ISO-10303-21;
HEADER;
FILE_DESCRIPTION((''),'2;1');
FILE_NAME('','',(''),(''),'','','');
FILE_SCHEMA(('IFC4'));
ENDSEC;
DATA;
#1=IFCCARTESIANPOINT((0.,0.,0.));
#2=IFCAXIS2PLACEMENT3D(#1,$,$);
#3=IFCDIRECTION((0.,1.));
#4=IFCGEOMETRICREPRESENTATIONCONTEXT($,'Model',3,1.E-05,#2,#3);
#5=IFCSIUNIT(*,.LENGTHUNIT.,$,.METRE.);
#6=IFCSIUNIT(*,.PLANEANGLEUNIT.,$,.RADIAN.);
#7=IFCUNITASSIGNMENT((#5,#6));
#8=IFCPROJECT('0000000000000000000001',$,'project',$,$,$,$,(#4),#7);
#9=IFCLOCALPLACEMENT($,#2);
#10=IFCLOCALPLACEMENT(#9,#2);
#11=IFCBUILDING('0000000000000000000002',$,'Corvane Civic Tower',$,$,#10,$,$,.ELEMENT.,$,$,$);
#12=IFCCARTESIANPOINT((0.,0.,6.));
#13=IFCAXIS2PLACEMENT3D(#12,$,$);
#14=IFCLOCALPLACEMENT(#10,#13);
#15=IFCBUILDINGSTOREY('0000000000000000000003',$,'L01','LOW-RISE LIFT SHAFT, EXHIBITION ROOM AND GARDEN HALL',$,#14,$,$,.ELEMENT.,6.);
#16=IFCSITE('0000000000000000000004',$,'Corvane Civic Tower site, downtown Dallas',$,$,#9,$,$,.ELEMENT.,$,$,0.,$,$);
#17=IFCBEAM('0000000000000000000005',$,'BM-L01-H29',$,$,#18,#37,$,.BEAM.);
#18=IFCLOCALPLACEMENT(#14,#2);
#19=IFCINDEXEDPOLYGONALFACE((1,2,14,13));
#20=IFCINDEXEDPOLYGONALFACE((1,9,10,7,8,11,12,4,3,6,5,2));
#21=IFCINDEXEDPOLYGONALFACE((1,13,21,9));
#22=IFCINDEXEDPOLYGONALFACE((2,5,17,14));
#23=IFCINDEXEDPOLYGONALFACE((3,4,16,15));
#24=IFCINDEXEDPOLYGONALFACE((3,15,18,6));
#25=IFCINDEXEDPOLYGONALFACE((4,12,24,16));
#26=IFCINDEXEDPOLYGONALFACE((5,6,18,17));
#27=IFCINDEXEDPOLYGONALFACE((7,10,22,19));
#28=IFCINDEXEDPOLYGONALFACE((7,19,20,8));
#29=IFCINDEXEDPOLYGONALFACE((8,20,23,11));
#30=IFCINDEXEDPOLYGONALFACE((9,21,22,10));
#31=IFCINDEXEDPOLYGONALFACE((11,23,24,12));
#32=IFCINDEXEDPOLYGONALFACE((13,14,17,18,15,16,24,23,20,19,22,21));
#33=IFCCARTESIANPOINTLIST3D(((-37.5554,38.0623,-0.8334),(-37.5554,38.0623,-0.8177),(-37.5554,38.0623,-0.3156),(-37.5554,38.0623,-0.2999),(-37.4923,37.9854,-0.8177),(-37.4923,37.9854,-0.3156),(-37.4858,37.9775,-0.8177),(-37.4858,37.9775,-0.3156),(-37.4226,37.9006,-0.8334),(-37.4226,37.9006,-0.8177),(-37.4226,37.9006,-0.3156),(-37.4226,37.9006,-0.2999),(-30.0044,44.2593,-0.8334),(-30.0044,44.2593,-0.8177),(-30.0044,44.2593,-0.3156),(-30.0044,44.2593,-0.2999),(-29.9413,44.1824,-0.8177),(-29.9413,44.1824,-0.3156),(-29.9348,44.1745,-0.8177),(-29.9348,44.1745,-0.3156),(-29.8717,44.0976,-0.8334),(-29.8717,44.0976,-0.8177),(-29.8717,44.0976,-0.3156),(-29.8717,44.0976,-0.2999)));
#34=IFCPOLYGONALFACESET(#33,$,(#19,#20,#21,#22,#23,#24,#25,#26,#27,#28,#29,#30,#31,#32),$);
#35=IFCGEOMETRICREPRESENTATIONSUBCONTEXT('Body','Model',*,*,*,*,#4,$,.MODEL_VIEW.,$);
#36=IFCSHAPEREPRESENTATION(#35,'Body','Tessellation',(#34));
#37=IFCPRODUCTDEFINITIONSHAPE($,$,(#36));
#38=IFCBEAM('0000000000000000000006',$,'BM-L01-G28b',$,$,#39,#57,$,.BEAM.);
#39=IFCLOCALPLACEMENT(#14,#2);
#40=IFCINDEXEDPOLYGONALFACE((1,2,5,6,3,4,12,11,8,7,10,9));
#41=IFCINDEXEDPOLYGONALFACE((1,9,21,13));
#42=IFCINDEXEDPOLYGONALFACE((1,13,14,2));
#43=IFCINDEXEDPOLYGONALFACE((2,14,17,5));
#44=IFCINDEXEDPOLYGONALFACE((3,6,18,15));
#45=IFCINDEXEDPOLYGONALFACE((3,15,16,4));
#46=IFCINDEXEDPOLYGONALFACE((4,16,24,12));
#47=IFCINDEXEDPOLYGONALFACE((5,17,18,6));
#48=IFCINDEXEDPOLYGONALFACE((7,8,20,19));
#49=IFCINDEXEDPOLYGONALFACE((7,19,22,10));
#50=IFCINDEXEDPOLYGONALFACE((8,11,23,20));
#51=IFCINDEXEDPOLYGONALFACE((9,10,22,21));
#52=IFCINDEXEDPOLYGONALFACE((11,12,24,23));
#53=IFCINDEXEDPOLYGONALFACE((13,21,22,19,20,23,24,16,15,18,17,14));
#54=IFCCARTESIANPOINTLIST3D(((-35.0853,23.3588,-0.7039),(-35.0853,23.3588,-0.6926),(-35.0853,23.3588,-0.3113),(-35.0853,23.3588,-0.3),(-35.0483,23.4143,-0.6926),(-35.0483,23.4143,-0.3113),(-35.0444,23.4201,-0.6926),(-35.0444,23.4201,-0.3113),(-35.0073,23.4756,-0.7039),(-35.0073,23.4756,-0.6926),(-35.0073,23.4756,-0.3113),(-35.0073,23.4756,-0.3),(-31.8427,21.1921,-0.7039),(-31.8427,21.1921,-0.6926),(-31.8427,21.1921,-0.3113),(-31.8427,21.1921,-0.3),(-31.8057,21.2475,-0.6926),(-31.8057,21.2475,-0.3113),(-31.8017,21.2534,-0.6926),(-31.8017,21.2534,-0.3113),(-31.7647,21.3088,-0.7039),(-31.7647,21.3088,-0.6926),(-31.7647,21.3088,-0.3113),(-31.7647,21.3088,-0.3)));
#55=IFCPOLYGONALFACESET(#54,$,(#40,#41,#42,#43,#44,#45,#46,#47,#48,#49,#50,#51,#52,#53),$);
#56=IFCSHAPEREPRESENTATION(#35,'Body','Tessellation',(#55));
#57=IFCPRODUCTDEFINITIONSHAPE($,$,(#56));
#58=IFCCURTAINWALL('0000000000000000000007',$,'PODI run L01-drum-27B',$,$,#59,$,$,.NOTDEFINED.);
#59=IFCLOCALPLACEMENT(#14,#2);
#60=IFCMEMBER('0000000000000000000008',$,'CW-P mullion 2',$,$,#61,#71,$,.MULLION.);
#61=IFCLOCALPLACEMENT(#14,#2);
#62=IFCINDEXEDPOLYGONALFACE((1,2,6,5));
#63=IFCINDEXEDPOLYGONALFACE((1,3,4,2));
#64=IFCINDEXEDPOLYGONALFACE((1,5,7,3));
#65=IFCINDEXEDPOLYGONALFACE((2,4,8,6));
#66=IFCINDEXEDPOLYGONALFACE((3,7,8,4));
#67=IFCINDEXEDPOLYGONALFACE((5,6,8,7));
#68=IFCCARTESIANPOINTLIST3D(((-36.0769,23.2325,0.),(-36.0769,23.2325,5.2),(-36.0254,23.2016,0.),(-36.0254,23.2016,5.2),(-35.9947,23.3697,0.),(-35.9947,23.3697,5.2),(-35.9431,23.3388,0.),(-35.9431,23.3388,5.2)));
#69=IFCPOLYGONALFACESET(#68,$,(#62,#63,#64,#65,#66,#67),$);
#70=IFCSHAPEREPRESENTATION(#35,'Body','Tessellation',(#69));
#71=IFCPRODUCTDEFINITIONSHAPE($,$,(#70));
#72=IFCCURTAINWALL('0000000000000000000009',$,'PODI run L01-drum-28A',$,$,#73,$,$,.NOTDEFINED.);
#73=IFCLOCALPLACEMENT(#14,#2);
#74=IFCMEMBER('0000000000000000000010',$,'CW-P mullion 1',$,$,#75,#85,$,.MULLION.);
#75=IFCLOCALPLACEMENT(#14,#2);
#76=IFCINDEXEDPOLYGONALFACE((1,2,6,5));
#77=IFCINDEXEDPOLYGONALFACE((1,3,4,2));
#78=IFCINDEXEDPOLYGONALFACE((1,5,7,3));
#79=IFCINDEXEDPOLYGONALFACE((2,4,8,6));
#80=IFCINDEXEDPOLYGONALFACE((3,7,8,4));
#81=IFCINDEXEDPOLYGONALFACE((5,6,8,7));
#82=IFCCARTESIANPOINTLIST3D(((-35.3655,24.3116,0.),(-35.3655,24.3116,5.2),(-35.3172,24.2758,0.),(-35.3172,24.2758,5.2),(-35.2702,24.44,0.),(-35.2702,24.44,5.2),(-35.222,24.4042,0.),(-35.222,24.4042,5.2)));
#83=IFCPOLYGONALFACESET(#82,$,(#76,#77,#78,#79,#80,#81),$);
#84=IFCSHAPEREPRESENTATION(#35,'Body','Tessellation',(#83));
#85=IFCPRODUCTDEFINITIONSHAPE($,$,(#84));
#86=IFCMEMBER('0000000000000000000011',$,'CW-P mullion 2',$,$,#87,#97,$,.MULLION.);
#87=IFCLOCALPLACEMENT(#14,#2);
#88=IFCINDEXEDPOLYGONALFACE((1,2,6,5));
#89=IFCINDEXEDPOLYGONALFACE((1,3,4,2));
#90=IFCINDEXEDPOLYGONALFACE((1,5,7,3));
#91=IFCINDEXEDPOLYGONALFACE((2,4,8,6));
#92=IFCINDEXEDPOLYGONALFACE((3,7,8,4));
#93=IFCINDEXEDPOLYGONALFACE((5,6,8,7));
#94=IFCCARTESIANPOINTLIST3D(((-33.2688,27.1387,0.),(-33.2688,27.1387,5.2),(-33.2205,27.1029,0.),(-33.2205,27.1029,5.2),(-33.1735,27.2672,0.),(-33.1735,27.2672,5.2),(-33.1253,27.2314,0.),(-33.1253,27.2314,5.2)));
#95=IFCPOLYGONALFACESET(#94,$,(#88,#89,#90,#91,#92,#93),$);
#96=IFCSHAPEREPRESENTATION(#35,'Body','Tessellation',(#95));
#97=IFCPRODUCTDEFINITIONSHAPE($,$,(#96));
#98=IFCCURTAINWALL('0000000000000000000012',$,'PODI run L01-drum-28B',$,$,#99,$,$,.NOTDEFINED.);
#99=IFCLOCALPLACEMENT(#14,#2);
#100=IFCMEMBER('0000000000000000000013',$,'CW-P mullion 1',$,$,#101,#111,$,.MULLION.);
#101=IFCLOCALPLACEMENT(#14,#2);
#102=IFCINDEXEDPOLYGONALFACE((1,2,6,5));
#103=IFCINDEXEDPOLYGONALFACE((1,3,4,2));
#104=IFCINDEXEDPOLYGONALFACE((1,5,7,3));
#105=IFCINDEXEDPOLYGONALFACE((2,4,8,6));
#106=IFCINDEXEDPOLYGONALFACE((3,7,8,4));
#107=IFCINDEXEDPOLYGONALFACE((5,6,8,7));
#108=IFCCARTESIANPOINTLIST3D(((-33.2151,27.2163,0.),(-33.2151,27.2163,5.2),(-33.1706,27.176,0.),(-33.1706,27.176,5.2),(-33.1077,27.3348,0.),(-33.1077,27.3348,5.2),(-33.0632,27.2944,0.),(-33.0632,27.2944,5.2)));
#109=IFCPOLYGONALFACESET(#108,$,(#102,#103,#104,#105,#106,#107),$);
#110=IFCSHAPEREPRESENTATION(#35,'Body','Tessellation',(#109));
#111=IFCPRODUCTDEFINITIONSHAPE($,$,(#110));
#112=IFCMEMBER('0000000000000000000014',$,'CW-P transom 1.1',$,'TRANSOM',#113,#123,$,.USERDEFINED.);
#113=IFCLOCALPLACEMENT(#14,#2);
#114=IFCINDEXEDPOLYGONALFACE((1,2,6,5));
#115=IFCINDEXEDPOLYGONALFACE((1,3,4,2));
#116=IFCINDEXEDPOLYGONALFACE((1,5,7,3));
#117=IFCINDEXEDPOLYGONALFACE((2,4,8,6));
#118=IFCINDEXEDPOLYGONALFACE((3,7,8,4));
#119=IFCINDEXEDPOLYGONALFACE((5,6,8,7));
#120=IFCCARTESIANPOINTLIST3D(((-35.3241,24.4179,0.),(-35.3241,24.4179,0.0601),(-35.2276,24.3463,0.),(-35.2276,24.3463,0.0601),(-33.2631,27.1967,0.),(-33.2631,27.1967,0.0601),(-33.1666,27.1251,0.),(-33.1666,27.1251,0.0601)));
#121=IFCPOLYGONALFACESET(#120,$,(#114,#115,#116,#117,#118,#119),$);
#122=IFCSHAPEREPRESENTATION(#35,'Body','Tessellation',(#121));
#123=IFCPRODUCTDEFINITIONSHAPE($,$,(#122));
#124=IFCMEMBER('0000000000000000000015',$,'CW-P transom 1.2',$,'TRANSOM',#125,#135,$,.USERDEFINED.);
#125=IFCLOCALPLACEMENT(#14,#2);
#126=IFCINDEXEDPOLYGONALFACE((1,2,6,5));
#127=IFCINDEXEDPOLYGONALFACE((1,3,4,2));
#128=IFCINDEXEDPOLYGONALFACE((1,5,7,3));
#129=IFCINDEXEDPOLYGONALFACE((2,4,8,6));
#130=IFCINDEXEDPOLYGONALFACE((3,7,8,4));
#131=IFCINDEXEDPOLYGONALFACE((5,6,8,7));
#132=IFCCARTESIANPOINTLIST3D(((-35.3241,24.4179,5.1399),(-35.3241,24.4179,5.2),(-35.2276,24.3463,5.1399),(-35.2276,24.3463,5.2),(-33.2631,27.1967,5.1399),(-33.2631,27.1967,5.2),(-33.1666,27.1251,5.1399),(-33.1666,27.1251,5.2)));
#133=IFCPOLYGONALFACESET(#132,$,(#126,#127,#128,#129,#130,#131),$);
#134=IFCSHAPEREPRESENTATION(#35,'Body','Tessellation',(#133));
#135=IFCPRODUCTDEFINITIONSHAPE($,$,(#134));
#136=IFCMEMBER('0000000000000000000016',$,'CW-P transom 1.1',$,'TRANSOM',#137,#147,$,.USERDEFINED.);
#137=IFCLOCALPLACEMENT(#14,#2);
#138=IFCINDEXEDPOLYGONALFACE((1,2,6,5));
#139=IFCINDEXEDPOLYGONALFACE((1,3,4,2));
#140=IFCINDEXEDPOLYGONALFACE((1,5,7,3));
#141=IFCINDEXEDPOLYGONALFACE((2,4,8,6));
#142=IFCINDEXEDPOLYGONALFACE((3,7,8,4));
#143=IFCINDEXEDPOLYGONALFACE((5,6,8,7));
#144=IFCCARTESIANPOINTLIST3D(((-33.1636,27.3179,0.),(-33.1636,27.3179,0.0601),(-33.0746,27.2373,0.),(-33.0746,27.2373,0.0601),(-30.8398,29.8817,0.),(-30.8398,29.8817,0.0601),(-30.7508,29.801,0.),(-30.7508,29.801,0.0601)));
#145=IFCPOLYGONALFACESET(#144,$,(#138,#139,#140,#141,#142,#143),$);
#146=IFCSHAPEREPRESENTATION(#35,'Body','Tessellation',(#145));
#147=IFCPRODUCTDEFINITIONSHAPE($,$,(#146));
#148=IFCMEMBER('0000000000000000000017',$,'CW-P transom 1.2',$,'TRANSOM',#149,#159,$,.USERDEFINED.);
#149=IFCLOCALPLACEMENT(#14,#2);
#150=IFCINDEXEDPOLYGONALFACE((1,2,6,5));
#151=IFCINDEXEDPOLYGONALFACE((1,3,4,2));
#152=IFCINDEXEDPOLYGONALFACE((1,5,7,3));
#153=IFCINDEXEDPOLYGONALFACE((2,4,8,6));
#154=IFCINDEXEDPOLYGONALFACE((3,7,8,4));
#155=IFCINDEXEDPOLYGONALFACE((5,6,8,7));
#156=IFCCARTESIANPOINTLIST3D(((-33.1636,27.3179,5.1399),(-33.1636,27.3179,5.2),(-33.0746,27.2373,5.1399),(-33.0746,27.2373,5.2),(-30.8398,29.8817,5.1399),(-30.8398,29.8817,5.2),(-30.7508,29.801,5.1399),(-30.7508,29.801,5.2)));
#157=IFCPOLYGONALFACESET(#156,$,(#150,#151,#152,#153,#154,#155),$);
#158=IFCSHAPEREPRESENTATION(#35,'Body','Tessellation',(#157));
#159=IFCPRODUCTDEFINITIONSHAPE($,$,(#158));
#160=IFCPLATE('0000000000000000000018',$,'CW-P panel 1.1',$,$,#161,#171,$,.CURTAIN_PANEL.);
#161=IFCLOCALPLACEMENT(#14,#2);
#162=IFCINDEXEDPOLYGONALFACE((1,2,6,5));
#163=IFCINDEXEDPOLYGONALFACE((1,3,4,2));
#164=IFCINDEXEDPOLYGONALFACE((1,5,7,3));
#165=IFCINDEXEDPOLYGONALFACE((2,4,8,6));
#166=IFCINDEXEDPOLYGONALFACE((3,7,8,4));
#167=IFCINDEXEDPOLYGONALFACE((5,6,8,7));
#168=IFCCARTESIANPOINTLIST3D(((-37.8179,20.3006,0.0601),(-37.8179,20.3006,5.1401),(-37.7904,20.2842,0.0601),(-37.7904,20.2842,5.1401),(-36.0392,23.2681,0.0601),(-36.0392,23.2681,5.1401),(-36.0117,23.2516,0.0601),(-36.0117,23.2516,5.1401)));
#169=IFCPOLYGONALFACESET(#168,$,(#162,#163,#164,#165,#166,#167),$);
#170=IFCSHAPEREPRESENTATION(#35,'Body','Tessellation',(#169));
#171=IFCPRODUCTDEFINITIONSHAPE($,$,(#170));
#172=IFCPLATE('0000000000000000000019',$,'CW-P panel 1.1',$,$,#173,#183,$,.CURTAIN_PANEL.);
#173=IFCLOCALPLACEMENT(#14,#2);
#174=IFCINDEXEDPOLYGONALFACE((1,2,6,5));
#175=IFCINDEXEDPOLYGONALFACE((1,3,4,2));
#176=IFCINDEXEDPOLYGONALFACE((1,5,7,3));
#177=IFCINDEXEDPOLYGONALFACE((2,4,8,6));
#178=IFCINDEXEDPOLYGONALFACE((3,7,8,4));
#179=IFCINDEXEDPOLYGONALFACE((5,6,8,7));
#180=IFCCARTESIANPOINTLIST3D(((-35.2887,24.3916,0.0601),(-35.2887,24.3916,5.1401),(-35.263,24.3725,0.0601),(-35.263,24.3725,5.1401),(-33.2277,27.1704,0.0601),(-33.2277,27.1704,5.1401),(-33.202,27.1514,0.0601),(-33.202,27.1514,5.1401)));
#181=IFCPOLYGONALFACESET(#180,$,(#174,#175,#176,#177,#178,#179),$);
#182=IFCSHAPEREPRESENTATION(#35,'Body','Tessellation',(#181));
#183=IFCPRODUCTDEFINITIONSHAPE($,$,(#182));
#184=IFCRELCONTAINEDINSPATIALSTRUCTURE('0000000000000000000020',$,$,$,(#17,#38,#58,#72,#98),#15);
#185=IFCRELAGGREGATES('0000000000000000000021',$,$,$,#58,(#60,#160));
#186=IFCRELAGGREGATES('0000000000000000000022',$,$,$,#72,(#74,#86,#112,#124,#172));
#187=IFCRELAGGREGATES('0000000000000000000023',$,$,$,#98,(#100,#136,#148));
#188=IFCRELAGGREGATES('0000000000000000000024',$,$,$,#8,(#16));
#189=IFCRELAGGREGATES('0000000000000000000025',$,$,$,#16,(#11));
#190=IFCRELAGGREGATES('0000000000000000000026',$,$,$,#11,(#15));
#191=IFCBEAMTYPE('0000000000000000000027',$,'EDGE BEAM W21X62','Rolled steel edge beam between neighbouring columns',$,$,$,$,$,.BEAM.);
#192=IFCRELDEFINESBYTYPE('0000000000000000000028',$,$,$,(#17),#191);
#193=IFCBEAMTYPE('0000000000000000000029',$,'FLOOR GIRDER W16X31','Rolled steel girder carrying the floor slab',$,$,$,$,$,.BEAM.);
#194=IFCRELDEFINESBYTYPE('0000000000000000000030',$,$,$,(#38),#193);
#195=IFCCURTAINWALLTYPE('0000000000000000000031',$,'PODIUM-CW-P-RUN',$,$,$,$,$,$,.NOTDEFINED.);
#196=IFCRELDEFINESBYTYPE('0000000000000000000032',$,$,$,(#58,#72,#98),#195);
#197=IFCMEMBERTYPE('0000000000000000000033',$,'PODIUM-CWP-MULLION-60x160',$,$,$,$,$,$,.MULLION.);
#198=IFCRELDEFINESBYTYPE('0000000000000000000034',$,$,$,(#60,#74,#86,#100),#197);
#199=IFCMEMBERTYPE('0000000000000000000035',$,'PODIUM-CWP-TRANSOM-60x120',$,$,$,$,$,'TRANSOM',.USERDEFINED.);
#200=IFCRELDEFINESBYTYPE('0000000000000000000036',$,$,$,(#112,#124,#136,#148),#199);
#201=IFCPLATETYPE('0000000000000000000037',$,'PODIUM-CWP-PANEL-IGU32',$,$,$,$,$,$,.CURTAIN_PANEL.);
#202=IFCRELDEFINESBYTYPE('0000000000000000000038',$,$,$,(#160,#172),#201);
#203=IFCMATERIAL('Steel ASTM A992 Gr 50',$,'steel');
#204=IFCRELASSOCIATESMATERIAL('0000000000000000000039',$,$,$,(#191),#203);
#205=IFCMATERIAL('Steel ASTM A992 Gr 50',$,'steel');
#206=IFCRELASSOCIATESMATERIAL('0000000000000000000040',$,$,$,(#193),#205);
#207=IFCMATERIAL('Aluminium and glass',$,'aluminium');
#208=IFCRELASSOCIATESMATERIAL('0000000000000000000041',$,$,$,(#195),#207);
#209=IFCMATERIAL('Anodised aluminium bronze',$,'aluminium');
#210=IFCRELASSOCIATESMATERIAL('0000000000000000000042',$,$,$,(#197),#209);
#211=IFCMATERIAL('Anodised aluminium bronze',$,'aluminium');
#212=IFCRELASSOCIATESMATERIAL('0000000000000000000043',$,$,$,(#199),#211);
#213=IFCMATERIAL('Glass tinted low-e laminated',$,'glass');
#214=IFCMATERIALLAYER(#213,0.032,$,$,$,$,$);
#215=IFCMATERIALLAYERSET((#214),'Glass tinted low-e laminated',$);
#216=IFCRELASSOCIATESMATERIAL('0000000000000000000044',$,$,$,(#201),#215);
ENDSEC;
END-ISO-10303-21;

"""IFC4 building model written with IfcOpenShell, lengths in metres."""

from ifc_helpers import new_model, si_unit, direction, frame, origin, origin_2d, place, context, subcontext, project, spatial, rectangle, i_section, extrude, material, layer, layer_set, material_profile, profile_set, type_object, element, aggregate, save


model = new_model("IFC4")

# Units and contexts
model_context = context("Model", 3, precision=1e-05, world=origin(), true_north=direction((0.0, 1.0)))
body_context = subcontext(model_context, "Body", "Model", "MODEL_VIEW")
ifc_project = project(units=[si_unit("LENGTHUNIT", "METRE"), si_unit("PLANEANGLEUNIT", "RADIAN")], contexts=[model_context])

# Site, building, storey
site_placement = place(None, origin())
site = spatial("IfcSite", under=ifc_project, at=site_placement, Name="Corvane Civic Tower site, downtown Dallas", CompositionType="ELEMENT", RefElevation=0.0)
building_placement = place(site_placement, origin())
building = spatial("IfcBuilding", under=site, at=building_placement, Name="Corvane Civic Tower", CompositionType="ELEMENT")
storey_placement = place(building_placement, frame((0.0, 0.0, 6.0)))
storey = spatial("IfcBuildingStorey", under=building, at=storey_placement, Name="L01", Description="LOW-RISE LIFT SHAFT, EXHIBITION ROOM AND GARDEN HALL", CompositionType="ELEMENT", Elevation=6.0)

# Beams
ifc_material_1 = material(Name="Steel ASTM A992 Gr 50", Category="steel")
ifc_material_profile_1 = material_profile(ifc_material_1, i_section(OverallWidth=0.2092, OverallDepth=0.5334, WebThickness=0.0103, FlangeThickness=0.0156, at=origin_2d()), Name="W21X62")
ifc_profile_set_1 = profile_set([ifc_material_profile_1], Name="Steel ASTM A992 Gr 50")
beam_type_1 = type_object("IfcBeamType", Name="EDGE BEAM W21X62", Description="Rolled steel edge beam between neighbouring columns", PredefinedType="BEAM", material=ifc_profile_set_1)
for number, where, z_axis, x_axis, name in (
    (1, (-37.489, 37.9814, -0.5667), (0.773008, 0.634397, 0.0), (-0.634397, 0.773008, 0.0), "BM-L01-H29"),
):
    element("IfcBeam", number, at=place(storey_placement, frame(where, z_axis=z_axis, x_axis=x_axis)), inside=storey, type_object=beam_type_1, Name=name, PredefinedType="BEAM", context=body_context, shape_type="SweptSolid", body=[
        extrude(i_section(OverallWidth=0.2092, OverallDepth=0.5334, WebThickness=0.0103, FlangeThickness=0.0156, at=origin_2d()), origin(), (0.0, 0.0, 1.0), 9.7683),
    ])
ifc_material_2 = material(Name="Steel ASTM A992 Gr 50", Category="steel")
ifc_material_profile_2 = material_profile(ifc_material_2, i_section(OverallWidth=0.1404, OverallDepth=0.4038, WebThickness=0.0071, FlangeThickness=0.0112, at=origin_2d()), Name="W16X31")
ifc_profile_set_2 = profile_set([ifc_material_profile_2], Name="Steel ASTM A992 Gr 50")
beam_type_2 = type_object("IfcBeamType", Name="FLOOR GIRDER W16X31", Description="Rolled steel girder carrying the floor slab", PredefinedType="BEAM", material=ifc_profile_set_2)
beam_1_placement = place(storey_placement, frame((-31.8037, 21.2505, -0.502), z_axis=(-0.831462, 0.555581, 0.0), x_axis=(-0.555581, -0.831462, 0.0)))
element("IfcBeam", 2, at=beam_1_placement, inside=storey, type_object=beam_type_2, Name="BM-L01-G28b", PredefinedType="BEAM", context=body_context, shape_type="SweptSolid", body=[
    extrude(i_section(OverallWidth=0.1404, OverallDepth=0.4038, WebThickness=0.0071, FlangeThickness=0.0112, at=origin_2d()), origin(), (0.0, 0.0, 1.0), 3.8999),
])

# Curtain wall, member
ifc_material_3 = material(Name="Aluminium and glass", Category="aluminium")
curtain_wall_type = type_object("IfcCurtainWallType", Name="PODIUM-CW-P-RUN", PredefinedType="NOTDEFINED", material=ifc_material_3)
curtain_wall_1_placement = place(storey_placement, origin())
curtain_wall_1 = element("IfcCurtainWall", 3, at=curtain_wall_1_placement, inside=storey, type_object=curtain_wall_type, Name="PODI run L01-drum-27B", PredefinedType="NOTDEFINED")
ifc_material_4 = material(Name="Anodised aluminium bronze", Category="aluminium")
ifc_material_profile_3 = material_profile(ifc_material_4, rectangle(XDim=0.0601, YDim=0.1599, at=origin_2d()), Name="AL 60x160")
ifc_profile_set_3 = profile_set([ifc_material_profile_3], Name="Anodised aluminium bronze")
member_type_1 = type_object("IfcMemberType", Name="PODIUM-CWP-MULLION-60x160", PredefinedType="MULLION", material=ifc_profile_set_3)
member_1_placement = place(storey_placement, frame((-36.01, 23.2856, 0.0), z_axis=(0.0, 0.0, 1.0), x_axis=(-0.85772, 0.514118, 0.0)))
member_1 = element("IfcMember", 4, at=member_1_placement, type_object=member_type_1, Name="CW-P mullion 2", PredefinedType="MULLION", context=body_context, shape_type="SweptSolid", body=[
    extrude(rectangle(XDim=0.0601, YDim=0.1599, at=origin_2d()), origin(), (0.0, 0.0, 1.0), 5.2),
])

# Curtain wall, members
curtain_wall_2_placement = place(storey_placement, origin())
curtain_wall_2 = element("IfcCurtainWall", 5, at=curtain_wall_2_placement, inside=storey, type_object=curtain_wall_type, Name="PODI run L01-drum-28A", PredefinedType="NOTDEFINED")
member_2_placement = place(storey_placement, frame((-35.2937, 24.3579, 0.0), z_axis=(0.0, 0.0, 1.0), x_axis=(-0.803203, 0.595705, 0.0)))
member_2 = element("IfcMember", 6, at=member_2_placement, type_object=member_type_1, Name="CW-P mullion 1", PredefinedType="MULLION", context=body_context, shape_type="SweptSolid", body=[
    extrude(rectangle(XDim=0.0601, YDim=0.1599, at=origin_2d()), origin(), (0.0, 0.0, 1.0), 5.2),
])
member_3_placement = place(storey_placement, frame((-33.197, 27.1851, 0.0), z_axis=(0.0, 0.0, 1.0), x_axis=(-0.803203, 0.595705, 0.0)))
member_3 = element("IfcMember", 7, at=member_3_placement, type_object=member_type_1, Name="CW-P mullion 2", PredefinedType="MULLION", context=body_context, shape_type="SweptSolid", body=[
    extrude(rectangle(XDim=0.0601, YDim=0.1599, at=origin_2d()), origin(), (0.0, 0.0, 1.0), 5.2),
])

# Curtain wall, member
curtain_wall_3_placement = place(storey_placement, origin())
curtain_wall_3 = element("IfcCurtainWall", 8, at=curtain_wall_3_placement, inside=storey, type_object=curtain_wall_type, Name="PODI run L01-drum-28B", PredefinedType="NOTDEFINED")
member_4_placement = place(storey_placement, frame((-33.1392, 27.2554, 0.0), z_axis=(0.0, 0.0, 1.0), x_axis=(-0.740935, 0.671576, 0.0)))
member_4 = element("IfcMember", 9, at=member_4_placement, type_object=member_type_1, Name="CW-P mullion 1", PredefinedType="MULLION", context=body_context, shape_type="SweptSolid", body=[
    extrude(rectangle(XDim=0.0601, YDim=0.1599, at=origin_2d()), origin(), (0.0, 0.0, 1.0), 5.2),
])

# Members
ifc_material_5 = material(Name="Anodised aluminium bronze", Category="aluminium")
ifc_material_profile_4 = material_profile(ifc_material_5, rectangle(XDim=0.1201, YDim=0.0601, at=origin_2d()), Name="AL 120x60")
ifc_profile_set_4 = profile_set([ifc_material_profile_4], Name="Anodised aluminium bronze")
member_type_2 = type_object("IfcMemberType", Name="PODIUM-CWP-TRANSOM-60x120", ElementType="TRANSOM", PredefinedType="USERDEFINED", material=ifc_profile_set_4)
member_5_placement = place(storey_placement, frame((-35.2759, 24.3821, 0.03), z_axis=(0.595724, 0.80319, 0.0), x_axis=(-0.80319, 0.595724, 0.0)))
member_5 = element("IfcMember", 10, at=member_5_placement, type_object=member_type_2, Name="CW-P transom 1.1", ObjectType="TRANSOM", PredefinedType="USERDEFINED", context=body_context, shape_type="SweptSolid", body=[
    extrude(rectangle(XDim=0.1201, YDim=0.0601, at=origin_2d()), origin(), (0.0, 0.0, 1.0), 3.4597),
])
member_6_placement = place(storey_placement, frame((-35.2759, 24.3821, 5.1699), z_axis=(0.595724, 0.80319, 0.0), x_axis=(-0.80319, 0.595724, 0.0)))
member_6 = element("IfcMember", 11, at=member_6_placement, type_object=member_type_2, Name="CW-P transom 1.2", ObjectType="TRANSOM", PredefinedType="USERDEFINED", context=body_context, shape_type="SweptSolid", body=[
    extrude(rectangle(XDim=0.1201, YDim=0.0601, at=origin_2d()), origin(), (0.0, 0.0, 1.0), 3.4597),
])
member_7_placement = place(storey_placement, frame((-33.1191, 27.2776, 0.03), z_axis=(0.671576, 0.740935, 0.0), x_axis=(-0.740935, 0.671576, 0.0)))
member_7 = element("IfcMember", 12, at=member_7_placement, type_object=member_type_2, Name="CW-P transom 1.1", ObjectType="TRANSOM", PredefinedType="USERDEFINED", context=body_context, shape_type="SweptSolid", body=[
    extrude(rectangle(XDim=0.1201, YDim=0.0601, at=origin_2d()), origin(), (0.0, 0.0, 1.0), 3.4602),
])
member_8_placement = place(storey_placement, frame((-33.1191, 27.2776, 5.1699), z_axis=(0.671576, 0.740935, 0.0), x_axis=(-0.740935, 0.671576, 0.0)))
member_8 = element("IfcMember", 13, at=member_8_placement, type_object=member_type_2, Name="CW-P transom 1.2", ObjectType="TRANSOM", PredefinedType="USERDEFINED", context=body_context, shape_type="SweptSolid", body=[
    extrude(rectangle(XDim=0.1201, YDim=0.0601, at=origin_2d()), origin(), (0.0, 0.0, 1.0), 3.4602),
])

# Plates
ifc_material_6 = material(Name="Glass tinted low-e laminated", Category="glass")
ifc_layer_1 = layer(ifc_material_6, 0.032)
ifc_layer_set_1 = layer_set([ifc_layer_1], Name="Glass tinted low-e laminated")
plate_type = type_object("IfcPlateType", Name="PODIUM-CWP-PANEL-IGU32", PredefinedType="CURTAIN_PANEL", material=ifc_layer_set_1)
plate_1_placement = place(storey_placement, frame((-36.9148, 21.7761, 0.0601), z_axis=(0.0, 0.0, 1.0), x_axis=(0.514118, 0.85772, 0.0)))
plate_1 = element("IfcPlate", 14, at=plate_1_placement, type_object=plate_type, Name="CW-P panel 1.1", PredefinedType="CURTAIN_PANEL", context=body_context, shape_type="SweptSolid", body=[
    extrude(rectangle(XDim=3.4597, YDim=0.032, at=origin_2d()), origin(), (0.0, 0.0, 1.0), 5.0801),
])
aggregate(curtain_wall_1, [member_1, plate_1])
plate_2_placement = place(storey_placement, frame((-34.2454, 25.7715, 0.0601), z_axis=(0.0, 0.0, 1.0), x_axis=(0.595705, 0.803203, 0.0)))
plate_2 = element("IfcPlate", 15, at=plate_2_placement, type_object=plate_type, Name="CW-P panel 1.1", PredefinedType="CURTAIN_PANEL", context=body_context, shape_type="SweptSolid", body=[
    extrude(rectangle(XDim=3.4597, YDim=0.032, at=origin_2d()), origin(), (0.0, 0.0, 1.0), 5.0801),
])
aggregate(curtain_wall_2, [member_2, member_3, member_5, member_6, plate_2])
aggregate(curtain_wall_3, [member_4, member_7, member_8])

save(model, "model.ifc")
